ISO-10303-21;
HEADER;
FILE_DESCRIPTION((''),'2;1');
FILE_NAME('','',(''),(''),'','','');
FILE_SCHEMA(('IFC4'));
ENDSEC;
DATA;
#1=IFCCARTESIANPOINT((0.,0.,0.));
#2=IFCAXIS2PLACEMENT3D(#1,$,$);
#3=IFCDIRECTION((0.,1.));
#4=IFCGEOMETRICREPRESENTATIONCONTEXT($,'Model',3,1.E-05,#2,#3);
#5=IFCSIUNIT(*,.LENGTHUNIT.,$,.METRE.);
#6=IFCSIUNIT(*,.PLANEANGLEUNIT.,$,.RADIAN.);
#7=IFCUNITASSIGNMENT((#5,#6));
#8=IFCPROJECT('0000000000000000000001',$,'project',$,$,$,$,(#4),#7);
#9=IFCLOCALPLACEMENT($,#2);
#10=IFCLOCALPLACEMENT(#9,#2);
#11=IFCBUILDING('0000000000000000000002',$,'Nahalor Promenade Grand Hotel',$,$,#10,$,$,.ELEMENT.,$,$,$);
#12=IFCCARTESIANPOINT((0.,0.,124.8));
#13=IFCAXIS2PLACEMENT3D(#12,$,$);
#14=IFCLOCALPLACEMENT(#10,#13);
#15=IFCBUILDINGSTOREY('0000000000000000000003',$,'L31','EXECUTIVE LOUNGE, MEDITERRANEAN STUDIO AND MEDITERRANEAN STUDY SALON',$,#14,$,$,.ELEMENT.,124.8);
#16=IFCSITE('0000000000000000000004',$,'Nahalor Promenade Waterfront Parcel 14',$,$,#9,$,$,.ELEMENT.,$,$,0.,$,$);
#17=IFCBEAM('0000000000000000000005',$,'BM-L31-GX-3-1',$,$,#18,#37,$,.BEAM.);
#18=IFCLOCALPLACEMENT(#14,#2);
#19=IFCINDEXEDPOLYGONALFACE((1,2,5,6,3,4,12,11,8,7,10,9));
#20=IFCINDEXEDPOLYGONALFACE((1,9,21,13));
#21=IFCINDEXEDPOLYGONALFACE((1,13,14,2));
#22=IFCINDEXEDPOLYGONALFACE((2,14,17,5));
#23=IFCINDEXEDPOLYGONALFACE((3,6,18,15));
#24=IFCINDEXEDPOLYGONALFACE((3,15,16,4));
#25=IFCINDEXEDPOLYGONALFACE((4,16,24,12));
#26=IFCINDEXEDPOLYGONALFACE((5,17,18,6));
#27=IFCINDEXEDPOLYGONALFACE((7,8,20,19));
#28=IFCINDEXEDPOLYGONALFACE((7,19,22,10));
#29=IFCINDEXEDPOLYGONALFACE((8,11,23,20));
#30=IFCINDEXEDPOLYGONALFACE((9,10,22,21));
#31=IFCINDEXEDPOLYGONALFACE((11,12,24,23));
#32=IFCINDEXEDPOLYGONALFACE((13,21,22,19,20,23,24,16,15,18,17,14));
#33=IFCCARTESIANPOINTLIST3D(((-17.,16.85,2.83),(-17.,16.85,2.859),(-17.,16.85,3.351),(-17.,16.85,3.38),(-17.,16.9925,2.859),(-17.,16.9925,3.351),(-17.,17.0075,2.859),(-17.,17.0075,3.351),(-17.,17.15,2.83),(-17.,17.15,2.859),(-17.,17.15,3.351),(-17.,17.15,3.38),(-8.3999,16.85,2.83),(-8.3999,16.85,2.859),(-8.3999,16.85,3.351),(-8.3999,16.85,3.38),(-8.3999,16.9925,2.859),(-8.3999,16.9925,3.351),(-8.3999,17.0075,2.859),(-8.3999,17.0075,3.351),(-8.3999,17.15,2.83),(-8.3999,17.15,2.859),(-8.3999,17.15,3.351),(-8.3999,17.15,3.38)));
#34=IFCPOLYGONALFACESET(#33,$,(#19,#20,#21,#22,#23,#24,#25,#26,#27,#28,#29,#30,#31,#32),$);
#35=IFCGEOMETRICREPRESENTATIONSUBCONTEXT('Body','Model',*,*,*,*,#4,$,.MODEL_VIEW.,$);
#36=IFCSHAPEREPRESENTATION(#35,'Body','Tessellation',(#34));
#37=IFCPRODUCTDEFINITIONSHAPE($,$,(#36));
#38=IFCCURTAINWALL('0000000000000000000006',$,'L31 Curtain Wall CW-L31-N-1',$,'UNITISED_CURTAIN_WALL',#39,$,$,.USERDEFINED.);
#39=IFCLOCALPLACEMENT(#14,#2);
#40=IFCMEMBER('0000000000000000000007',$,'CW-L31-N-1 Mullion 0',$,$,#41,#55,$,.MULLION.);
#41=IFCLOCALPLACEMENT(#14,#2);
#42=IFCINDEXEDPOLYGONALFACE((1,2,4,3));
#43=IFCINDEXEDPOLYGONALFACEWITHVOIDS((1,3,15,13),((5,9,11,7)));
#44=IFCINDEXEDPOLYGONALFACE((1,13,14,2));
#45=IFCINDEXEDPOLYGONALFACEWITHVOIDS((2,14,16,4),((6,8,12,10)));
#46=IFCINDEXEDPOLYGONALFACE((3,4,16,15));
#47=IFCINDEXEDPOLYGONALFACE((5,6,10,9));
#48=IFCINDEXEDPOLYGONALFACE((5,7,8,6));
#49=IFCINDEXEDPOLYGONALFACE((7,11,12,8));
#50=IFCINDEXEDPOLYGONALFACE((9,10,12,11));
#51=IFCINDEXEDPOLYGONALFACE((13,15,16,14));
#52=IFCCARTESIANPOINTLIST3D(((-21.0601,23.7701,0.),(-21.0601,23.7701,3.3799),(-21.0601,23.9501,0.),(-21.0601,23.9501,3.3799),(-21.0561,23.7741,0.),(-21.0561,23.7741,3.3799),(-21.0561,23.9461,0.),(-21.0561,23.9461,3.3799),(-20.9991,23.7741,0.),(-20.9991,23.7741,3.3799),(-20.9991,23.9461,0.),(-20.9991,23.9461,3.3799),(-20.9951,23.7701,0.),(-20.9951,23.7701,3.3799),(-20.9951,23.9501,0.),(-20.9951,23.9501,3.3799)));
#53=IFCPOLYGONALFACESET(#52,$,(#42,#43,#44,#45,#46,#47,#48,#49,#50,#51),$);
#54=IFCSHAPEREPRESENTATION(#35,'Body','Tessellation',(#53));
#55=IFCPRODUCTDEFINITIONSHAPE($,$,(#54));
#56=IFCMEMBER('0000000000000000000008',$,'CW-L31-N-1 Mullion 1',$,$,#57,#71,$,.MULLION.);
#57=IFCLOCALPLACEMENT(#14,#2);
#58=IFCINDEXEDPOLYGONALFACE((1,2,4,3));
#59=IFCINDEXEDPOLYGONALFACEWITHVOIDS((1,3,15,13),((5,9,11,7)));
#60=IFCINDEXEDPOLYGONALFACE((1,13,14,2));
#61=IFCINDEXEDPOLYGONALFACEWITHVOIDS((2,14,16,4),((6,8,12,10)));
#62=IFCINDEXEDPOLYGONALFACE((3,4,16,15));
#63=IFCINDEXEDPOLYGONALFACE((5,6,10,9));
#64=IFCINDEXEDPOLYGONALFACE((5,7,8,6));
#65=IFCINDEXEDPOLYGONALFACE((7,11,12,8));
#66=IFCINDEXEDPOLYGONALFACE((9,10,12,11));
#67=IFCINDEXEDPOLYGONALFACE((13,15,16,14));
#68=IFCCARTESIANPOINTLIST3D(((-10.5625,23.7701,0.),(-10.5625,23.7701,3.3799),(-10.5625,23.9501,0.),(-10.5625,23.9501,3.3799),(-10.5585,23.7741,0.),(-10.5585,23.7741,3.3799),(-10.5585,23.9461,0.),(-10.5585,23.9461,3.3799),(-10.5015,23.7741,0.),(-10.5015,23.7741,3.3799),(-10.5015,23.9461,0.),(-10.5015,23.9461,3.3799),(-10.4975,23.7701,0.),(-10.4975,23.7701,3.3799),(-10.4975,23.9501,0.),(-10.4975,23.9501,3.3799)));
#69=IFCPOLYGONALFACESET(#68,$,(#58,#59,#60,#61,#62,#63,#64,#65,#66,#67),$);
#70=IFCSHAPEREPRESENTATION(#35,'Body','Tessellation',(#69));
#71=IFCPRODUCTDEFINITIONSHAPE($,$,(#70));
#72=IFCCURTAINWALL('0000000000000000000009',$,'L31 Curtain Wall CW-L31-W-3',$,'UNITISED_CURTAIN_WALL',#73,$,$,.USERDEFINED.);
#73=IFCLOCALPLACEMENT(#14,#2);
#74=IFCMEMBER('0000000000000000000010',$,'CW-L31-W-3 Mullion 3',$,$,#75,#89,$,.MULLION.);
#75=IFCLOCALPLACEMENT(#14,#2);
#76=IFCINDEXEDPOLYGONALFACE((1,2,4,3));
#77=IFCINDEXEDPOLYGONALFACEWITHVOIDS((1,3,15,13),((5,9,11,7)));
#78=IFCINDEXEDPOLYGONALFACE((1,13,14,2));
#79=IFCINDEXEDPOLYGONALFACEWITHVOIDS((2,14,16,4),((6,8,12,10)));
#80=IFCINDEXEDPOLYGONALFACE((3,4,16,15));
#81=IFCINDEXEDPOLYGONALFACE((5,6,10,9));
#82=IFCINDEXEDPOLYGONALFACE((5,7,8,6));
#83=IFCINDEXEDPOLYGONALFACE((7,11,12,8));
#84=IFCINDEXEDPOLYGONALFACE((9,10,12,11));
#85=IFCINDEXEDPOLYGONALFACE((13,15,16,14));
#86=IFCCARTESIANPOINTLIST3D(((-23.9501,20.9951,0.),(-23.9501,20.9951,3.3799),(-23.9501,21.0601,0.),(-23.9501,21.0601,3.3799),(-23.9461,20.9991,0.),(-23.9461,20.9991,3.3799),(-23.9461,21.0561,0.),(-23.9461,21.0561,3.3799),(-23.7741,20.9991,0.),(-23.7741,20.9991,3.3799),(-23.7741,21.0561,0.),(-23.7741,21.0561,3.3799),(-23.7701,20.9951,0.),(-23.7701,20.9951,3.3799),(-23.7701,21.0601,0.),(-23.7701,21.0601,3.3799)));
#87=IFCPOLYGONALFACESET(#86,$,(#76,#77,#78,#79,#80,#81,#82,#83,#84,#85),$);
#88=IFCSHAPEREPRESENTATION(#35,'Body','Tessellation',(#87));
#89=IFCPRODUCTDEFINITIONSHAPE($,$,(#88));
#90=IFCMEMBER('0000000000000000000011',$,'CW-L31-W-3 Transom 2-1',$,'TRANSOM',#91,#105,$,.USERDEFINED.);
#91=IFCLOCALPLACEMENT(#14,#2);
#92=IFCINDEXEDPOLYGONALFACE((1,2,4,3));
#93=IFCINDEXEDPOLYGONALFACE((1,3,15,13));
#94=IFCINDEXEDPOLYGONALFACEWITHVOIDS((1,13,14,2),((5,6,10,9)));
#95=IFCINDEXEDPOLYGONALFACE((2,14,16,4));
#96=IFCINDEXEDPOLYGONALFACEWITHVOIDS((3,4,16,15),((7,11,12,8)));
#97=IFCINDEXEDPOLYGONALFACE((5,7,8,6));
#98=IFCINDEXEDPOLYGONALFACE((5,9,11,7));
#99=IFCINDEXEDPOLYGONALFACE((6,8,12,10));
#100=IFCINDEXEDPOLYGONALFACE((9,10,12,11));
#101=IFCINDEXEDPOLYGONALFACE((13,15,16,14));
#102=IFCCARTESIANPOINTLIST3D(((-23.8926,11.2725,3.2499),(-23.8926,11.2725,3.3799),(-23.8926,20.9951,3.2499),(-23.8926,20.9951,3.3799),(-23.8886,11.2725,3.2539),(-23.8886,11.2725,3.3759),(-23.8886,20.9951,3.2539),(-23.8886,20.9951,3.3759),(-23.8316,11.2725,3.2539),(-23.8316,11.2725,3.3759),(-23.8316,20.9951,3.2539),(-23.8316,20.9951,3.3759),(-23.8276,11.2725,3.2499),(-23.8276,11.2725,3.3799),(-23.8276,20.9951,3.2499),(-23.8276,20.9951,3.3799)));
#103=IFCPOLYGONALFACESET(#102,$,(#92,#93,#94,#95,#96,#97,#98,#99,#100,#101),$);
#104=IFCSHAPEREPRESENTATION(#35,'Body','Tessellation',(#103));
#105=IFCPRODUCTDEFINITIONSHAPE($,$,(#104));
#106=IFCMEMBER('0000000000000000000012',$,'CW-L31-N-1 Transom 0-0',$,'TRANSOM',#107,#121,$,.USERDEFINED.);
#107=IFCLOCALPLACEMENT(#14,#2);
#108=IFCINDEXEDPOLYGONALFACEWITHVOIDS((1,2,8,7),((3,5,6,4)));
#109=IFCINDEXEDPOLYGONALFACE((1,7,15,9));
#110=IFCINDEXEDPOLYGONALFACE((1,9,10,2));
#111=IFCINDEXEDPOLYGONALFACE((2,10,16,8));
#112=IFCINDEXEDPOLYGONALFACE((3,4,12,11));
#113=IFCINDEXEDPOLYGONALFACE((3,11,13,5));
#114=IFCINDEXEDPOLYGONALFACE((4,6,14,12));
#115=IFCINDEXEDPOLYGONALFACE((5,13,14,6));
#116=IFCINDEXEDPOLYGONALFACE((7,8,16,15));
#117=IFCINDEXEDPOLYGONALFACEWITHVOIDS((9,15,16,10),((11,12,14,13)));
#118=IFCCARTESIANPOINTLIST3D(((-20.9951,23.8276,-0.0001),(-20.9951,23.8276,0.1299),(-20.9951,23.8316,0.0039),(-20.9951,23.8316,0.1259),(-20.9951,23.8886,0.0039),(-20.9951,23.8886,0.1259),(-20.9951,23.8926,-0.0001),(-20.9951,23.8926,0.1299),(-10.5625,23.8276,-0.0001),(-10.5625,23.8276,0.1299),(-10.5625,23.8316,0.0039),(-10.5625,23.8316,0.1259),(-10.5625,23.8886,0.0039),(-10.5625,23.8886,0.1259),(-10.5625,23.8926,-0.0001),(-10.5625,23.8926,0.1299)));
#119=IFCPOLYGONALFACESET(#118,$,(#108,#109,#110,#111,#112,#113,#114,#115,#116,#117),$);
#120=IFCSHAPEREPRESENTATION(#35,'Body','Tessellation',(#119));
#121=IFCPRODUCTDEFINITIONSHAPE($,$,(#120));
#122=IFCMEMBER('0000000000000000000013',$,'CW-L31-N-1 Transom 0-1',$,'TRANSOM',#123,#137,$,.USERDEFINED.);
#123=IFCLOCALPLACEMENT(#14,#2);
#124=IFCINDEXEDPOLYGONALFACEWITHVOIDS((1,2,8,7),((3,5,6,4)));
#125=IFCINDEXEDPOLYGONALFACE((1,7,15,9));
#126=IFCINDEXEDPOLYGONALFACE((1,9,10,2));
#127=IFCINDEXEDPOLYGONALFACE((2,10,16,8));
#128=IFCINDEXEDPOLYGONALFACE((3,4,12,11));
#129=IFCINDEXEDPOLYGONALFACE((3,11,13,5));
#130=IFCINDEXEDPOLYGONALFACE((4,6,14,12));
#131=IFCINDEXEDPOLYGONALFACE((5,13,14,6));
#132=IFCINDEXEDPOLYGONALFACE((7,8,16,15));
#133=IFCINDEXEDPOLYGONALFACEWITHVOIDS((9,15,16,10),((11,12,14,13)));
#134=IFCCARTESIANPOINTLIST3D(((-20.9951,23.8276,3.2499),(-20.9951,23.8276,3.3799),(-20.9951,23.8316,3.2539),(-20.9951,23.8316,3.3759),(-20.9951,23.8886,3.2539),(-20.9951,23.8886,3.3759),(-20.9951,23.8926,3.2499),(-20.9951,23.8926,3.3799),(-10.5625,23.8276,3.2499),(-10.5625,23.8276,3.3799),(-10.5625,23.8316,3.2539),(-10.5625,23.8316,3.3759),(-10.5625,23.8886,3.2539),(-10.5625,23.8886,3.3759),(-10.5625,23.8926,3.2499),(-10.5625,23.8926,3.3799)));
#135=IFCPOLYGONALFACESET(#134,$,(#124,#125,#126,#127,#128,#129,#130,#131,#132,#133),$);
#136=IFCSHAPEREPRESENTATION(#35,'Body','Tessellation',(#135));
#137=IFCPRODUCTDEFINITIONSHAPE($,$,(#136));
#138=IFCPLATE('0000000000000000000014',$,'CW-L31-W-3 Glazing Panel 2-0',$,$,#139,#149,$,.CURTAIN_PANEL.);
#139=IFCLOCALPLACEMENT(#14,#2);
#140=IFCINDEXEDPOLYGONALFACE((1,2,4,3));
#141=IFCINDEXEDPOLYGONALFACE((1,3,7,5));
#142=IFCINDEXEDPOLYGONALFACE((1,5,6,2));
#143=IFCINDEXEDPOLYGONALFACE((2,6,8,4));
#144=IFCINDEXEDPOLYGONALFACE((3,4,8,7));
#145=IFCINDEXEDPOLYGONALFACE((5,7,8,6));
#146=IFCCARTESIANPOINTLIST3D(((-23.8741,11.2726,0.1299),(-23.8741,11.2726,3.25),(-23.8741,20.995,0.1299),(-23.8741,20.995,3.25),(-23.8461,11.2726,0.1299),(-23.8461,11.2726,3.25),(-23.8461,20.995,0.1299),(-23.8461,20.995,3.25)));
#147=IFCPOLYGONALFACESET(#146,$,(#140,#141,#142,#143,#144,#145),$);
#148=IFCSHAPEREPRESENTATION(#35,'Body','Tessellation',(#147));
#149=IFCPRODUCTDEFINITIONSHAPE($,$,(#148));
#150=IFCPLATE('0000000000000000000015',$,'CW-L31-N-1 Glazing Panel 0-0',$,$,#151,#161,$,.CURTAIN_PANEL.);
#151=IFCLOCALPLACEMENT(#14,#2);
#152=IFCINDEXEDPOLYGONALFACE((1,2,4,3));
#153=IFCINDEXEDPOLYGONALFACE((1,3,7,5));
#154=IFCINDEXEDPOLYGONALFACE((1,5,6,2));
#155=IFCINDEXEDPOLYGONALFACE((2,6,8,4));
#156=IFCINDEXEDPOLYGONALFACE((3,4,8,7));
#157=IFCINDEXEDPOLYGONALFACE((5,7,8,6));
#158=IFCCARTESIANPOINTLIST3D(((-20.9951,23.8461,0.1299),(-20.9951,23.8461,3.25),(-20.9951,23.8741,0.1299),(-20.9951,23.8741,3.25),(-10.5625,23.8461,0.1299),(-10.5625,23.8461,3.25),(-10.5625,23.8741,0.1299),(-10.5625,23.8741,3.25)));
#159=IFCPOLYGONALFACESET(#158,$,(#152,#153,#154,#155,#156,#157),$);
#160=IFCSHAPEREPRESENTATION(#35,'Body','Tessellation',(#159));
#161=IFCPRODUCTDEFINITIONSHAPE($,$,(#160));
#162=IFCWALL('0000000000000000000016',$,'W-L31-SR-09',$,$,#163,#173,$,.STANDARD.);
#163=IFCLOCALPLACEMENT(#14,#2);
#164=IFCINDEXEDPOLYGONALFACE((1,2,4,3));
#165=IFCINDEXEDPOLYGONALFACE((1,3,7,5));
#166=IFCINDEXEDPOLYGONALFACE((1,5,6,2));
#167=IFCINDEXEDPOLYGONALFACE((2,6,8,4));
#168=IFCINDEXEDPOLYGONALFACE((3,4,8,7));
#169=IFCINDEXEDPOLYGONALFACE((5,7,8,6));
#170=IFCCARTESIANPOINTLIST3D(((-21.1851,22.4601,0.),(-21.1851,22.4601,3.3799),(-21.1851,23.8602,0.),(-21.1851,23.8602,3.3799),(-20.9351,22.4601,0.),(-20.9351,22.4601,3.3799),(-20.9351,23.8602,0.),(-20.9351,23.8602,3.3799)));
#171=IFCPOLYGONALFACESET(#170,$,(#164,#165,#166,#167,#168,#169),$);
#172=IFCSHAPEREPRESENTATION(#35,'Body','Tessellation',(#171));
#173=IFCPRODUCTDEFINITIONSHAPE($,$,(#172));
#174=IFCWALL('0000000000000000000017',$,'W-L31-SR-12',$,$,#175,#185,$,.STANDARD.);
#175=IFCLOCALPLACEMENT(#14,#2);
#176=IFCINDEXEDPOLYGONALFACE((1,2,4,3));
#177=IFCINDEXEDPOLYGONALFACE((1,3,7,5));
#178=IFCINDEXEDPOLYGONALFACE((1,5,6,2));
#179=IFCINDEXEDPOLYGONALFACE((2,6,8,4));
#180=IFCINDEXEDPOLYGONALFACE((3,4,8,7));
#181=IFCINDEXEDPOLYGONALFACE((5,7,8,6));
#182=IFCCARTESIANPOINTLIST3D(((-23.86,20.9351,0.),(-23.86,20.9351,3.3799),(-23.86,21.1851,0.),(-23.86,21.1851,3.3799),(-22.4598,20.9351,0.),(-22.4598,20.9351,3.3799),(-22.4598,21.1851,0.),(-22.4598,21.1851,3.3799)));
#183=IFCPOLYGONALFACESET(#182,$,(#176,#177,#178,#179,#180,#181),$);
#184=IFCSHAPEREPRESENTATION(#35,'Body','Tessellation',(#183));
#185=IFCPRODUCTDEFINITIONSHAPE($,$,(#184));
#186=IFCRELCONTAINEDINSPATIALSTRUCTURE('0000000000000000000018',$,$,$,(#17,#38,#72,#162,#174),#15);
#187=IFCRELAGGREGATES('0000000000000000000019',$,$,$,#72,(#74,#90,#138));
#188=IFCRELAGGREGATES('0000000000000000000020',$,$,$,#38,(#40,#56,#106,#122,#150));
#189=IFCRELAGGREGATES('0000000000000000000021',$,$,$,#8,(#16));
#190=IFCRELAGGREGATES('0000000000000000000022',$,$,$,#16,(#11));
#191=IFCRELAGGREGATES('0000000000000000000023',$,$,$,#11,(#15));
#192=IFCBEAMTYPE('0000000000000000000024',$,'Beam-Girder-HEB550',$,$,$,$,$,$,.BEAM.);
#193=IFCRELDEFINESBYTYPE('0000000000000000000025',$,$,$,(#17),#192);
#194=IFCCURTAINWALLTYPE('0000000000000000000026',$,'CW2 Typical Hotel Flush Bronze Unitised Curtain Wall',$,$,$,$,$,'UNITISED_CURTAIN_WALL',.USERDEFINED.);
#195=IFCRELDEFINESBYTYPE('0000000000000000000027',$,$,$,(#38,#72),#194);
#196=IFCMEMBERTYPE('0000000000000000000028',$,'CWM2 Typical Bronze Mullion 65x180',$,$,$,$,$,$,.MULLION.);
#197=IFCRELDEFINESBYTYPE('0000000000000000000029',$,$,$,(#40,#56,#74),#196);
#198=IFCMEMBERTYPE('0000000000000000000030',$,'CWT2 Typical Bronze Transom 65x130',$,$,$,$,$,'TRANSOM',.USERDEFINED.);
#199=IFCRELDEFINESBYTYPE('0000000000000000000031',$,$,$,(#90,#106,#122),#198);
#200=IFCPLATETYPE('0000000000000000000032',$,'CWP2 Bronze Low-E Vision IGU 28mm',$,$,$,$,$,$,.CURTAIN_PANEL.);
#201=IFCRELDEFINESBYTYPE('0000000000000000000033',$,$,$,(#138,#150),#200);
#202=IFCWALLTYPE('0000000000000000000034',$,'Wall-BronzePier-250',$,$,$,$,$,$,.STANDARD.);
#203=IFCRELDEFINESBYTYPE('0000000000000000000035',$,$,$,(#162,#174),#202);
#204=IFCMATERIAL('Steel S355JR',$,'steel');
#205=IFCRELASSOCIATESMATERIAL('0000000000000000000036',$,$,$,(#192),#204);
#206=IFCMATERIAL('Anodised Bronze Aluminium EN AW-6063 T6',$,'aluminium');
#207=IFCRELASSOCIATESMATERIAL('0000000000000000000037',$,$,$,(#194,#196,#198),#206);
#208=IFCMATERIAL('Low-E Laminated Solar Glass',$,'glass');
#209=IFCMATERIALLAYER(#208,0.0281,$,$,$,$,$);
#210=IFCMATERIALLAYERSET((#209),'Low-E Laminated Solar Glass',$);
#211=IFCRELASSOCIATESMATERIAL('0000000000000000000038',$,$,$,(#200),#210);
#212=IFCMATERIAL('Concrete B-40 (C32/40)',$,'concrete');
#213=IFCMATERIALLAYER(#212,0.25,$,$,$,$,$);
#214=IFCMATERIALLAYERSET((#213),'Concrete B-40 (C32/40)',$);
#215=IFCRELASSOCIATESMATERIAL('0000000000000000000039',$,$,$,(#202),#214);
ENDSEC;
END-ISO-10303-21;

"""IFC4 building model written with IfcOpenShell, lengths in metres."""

from ifc_helpers import new_model, si_unit, direction, frame, frame_2d, origin, origin_2d, place, context, subcontext, project, spatial, rectangle, hollow_rectangle, i_section, extrude, source, transform, mapped, material, layer, layer_set, material_profile, profile_set, type_object, element, aggregate, save


model = new_model("IFC4")

# Units and contexts
model_context = context("Model", 3, precision=1e-05, world=origin(), true_north=direction((0.0, 1.0)))
body_context = subcontext(model_context, "Body", "Model", "MODEL_VIEW")
ifc_project = project(units=[si_unit("LENGTHUNIT", "METRE"), si_unit("PLANEANGLEUNIT", "RADIAN")], contexts=[model_context])

# Site, building, storey
site_placement = place(None, origin())
site = spatial("IfcSite", under=ifc_project, at=site_placement, Name="Nahalor Promenade Waterfront Parcel 14", CompositionType="ELEMENT", RefElevation=0.0)
building_placement = place(site_placement, origin())
building = spatial("IfcBuilding", under=site, at=building_placement, Name="Nahalor Promenade Grand Hotel", CompositionType="ELEMENT")
storey_placement = place(building_placement, frame((0.0, 0.0, 124.8)))
storey = spatial("IfcBuildingStorey", under=building, at=storey_placement, Name="L31", Description="EXECUTIVE LOUNGE, MEDITERRANEAN STUDIO AND MEDITERRANEAN STUDY SALON", CompositionType="ELEMENT", Elevation=124.8)

# Beam
ifc_material_1 = material(Name="Steel S355JR", Category="steel")
ifc_material_profile_1 = material_profile(ifc_material_1, i_section(OverallWidth=0.3, OverallDepth=0.55, WebThickness=0.015, FlangeThickness=0.029, at=origin_2d()), Name="HEB 550")
ifc_profile_set_1 = profile_set([ifc_material_profile_1], Name="Steel S355JR")
beam_type_1 = type_object("IfcBeamType", Name="Beam-Girder-HEB550", PredefinedType="BEAM", material=ifc_profile_set_1)
shared_shape_1 = source(origin(), body_context, "Body", "SweptSolid", [
    extrude(i_section(OverallWidth=0.3, OverallDepth=0.55, WebThickness=0.015, FlangeThickness=0.029, at=origin_2d()), origin(), (0.0, 0.0, 1.0), 8.6001),
])
beam_1_placement = place(storey_placement, frame((-17.0, 17.0, 3.105), z_axis=(1.0, 0.0, 0.0), x_axis=(0.0, 1.0, 0.0)))
element("IfcBeam", 1, at=beam_1_placement, inside=storey, type_object=beam_type_1, Name="BM-L31-GX-3-1", PredefinedType="BEAM", context=body_context, shape_type="MappedRepresentation", body=[
    mapped(shared_shape_1, transform((0.0, 0.0, 0.0), scale=1.0)),
])

# Curtain walls, members
ifc_material_2 = material(Name="Anodised Bronze Aluminium EN AW-6063 T6", Category="aluminium")
curtain_wall_type = type_object("IfcCurtainWallType", Name="CW2 Typical Hotel Flush Bronze Unitised Curtain Wall", ElementType="UNITISED_CURTAIN_WALL", PredefinedType="USERDEFINED", material=ifc_material_2)
curtain_wall_1_placement = place(storey_placement, origin())
curtain_wall_1 = element("IfcCurtainWall", 2, at=curtain_wall_1_placement, inside=storey, type_object=curtain_wall_type, Name="L31 Curtain Wall CW-L31-N-1", ObjectType="UNITISED_CURTAIN_WALL", PredefinedType="USERDEFINED")
ifc_material_profile_2 = material_profile(ifc_material_2, hollow_rectangle(XDim=0.065, YDim=0.18, WallThickness=0.004, at=origin_2d()), Name="CWM 65x180x4")
ifc_profile_set_2 = profile_set([ifc_material_profile_2], Name="Anodised Bronze Aluminium EN AW-6063 T6")
member_type_1 = type_object("IfcMemberType", Name="CWM2 Typical Bronze Mullion 65x180", PredefinedType="MULLION", material=ifc_profile_set_2)
shared_shape_2 = source(origin(), body_context, "Body", "SweptSolid", [
    extrude(hollow_rectangle(XDim=0.065, YDim=0.18, WallThickness=0.004, at=origin_2d()), origin(), (0.0, 0.0, 1.0), 3.3799),
])
member_1_placement = place(storey_placement, frame((-21.0276, 23.8601, 0.0), z_axis=(0.0, 0.0, 1.0), x_axis=(1.0, 0.0, 0.0)))
member_1 = element("IfcMember", 3, at=member_1_placement, type_object=member_type_1, Name="CW-L31-N-1 Mullion 0", PredefinedType="MULLION", context=body_context, shape_type="MappedRepresentation", body=[
    mapped(shared_shape_2, transform((0.0, 0.0, 0.0), scale=1.0)),
])
member_2_placement = place(storey_placement, frame((-10.53, 23.8601, 0.0), z_axis=(0.0, 0.0, 1.0), x_axis=(1.0, 0.0, 0.0)))
member_2 = element("IfcMember", 4, at=member_2_placement, type_object=member_type_1, Name="CW-L31-N-1 Mullion 1", PredefinedType="MULLION", context=body_context, shape_type="MappedRepresentation", body=[
    mapped(shared_shape_2, transform((0.0, 0.0, 0.0), scale=1.0)),
])
curtain_wall_2_placement = place(storey_placement, origin())
curtain_wall_2 = element("IfcCurtainWall", 5, at=curtain_wall_2_placement, inside=storey, type_object=curtain_wall_type, Name="L31 Curtain Wall CW-L31-W-3", ObjectType="UNITISED_CURTAIN_WALL", PredefinedType="USERDEFINED")
member_3_placement = place(storey_placement, frame((-23.8601, 21.0276, 0.0), z_axis=(0.0, 0.0, 1.0), x_axis=(0.0, 1.0, 0.0)))
member_3 = element("IfcMember", 6, at=member_3_placement, type_object=member_type_1, Name="CW-L31-W-3 Mullion 3", PredefinedType="MULLION", context=body_context, shape_type="MappedRepresentation", body=[
    mapped(shared_shape_2, transform((0.0, 0.0, 0.0), scale=1.0)),
])
ifc_material_profile_3 = material_profile(ifc_material_2, hollow_rectangle(XDim=0.065, YDim=0.13, WallThickness=0.004, at=origin_2d()), Name="CWT 65x130x4")
ifc_profile_set_3 = profile_set([ifc_material_profile_3], Name="Anodised Bronze Aluminium EN AW-6063 T6")
member_type_2 = type_object("IfcMemberType", Name="CWT2 Typical Bronze Transom 65x130", ElementType="TRANSOM", PredefinedType="USERDEFINED", material=ifc_profile_set_3)
shared_shape_3 = source(origin(), body_context, "Body", "SweptSolid", [
    extrude(hollow_rectangle(XDim=0.065, YDim=0.13, WallThickness=0.004, at=origin_2d()), origin(), (0.0, 0.0, 1.0), 9.7227),
])
member_4_placement = place(storey_placement, frame((-23.8601, 11.2725, 3.3149), z_axis=(0.0, 1.0, 0.0), x_axis=(-1.0, 0.0, 0.0)))
member_4 = element("IfcMember", 7, at=member_4_placement, type_object=member_type_2, Name="CW-L31-W-3 Transom 2-1", ObjectType="TRANSOM", PredefinedType="USERDEFINED", context=body_context, shape_type="MappedRepresentation", body=[
    mapped(shared_shape_3, transform((0.0, 0.0, 0.0), scale=1.0)),
])

# Members
shared_shape_4 = source(origin(), body_context, "Body", "SweptSolid", [
    extrude(hollow_rectangle(XDim=0.065, YDim=0.13, WallThickness=0.004, at=origin_2d()), origin(), (0.0, 0.0, 1.0), 10.4326),
])
member_5_placement = place(storey_placement, frame((-20.9951, 23.8601, 0.0649), z_axis=(1.0, 0.0, 0.0), x_axis=(0.0, 1.0, 0.0)))
member_5 = element("IfcMember", 8, at=member_5_placement, type_object=member_type_2, Name="CW-L31-N-1 Transom 0-0", ObjectType="TRANSOM", PredefinedType="USERDEFINED", context=body_context, shape_type="MappedRepresentation", body=[
    mapped(shared_shape_4, transform((0.0, 0.0, 0.0), scale=1.0)),
])
member_6_placement = place(storey_placement, frame((-20.9951, 23.8601, 3.3149), z_axis=(1.0, 0.0, 0.0), x_axis=(0.0, 1.0, 0.0)))
member_6 = element("IfcMember", 9, at=member_6_placement, type_object=member_type_2, Name="CW-L31-N-1 Transom 0-1", ObjectType="TRANSOM", PredefinedType="USERDEFINED", context=body_context, shape_type="MappedRepresentation", body=[
    mapped(shared_shape_4, transform((0.0, 0.0, 0.0), scale=1.0)),
])

# Plates
ifc_material_3 = material(Name="Low-E Laminated Solar Glass", Category="glass")
ifc_layer_1 = layer(ifc_material_3, 0.0281)
ifc_layer_set_1 = layer_set([ifc_layer_1], Name="Low-E Laminated Solar Glass")
plate_type = type_object("IfcPlateType", Name="CWP2 Bronze Low-E Vision IGU 28mm", PredefinedType="CURTAIN_PANEL", material=ifc_layer_set_1)
shared_shape_5 = source(origin(), body_context, "Body", "SweptSolid", [
    extrude(rectangle(XDim=9.7224, YDim=0.0281, at=origin_2d()), origin(), (0.0, 0.0, 1.0), 3.1201),
])
plate_1_placement = place(storey_placement, frame((-23.8601, 16.1338, 0.1299), z_axis=(0.0, 0.0, 1.0), x_axis=(0.0, 1.0, 0.0)))
plate_1 = element("IfcPlate", 10, at=plate_1_placement, type_object=plate_type, Name="CW-L31-W-3 Glazing Panel 2-0", PredefinedType="CURTAIN_PANEL", context=body_context, shape_type="MappedRepresentation", body=[
    mapped(shared_shape_5, transform((0.0, 0.0, 0.0), scale=1.0)),
])
aggregate(curtain_wall_2, [member_3, member_4, plate_1])
shared_shape_6 = source(origin(), body_context, "Body", "SweptSolid", [
    extrude(rectangle(XDim=10.4326, YDim=0.0281, at=origin_2d()), origin(), (0.0, 0.0, 1.0), 3.1201),
])
plate_2_placement = place(storey_placement, frame((-15.7788, 23.8601, 0.1299), z_axis=(0.0, 0.0, 1.0), x_axis=(1.0, 0.0, 0.0)))
plate_2 = element("IfcPlate", 11, at=plate_2_placement, type_object=plate_type, Name="CW-L31-N-1 Glazing Panel 0-0", PredefinedType="CURTAIN_PANEL", context=body_context, shape_type="MappedRepresentation", body=[
    mapped(shared_shape_6, transform((0.0, 0.0, 0.0), scale=1.0)),
])
aggregate(curtain_wall_1, [member_1, member_2, member_5, member_6, plate_2])

# Walls
ifc_material_4 = material(Name="Concrete B-40 (C32/40)", Category="concrete")
ifc_layer_2 = layer(ifc_material_4, 0.25)
ifc_layer_set_2 = layer_set([ifc_layer_2], Name="Concrete B-40 (C32/40)")
wall_type_1 = type_object("IfcWallType", Name="Wall-BronzePier-250", PredefinedType="STANDARD", material=ifc_layer_set_2)
shared_shape_7 = source(origin(), body_context, "Body", "SweptSolid", [
    extrude(rectangle(XDim=1.4001, YDim=0.25, at=frame_2d((0.7002, 0.0))), origin(), (0.0, 0.0, 1.0), 3.3799),
])
for number, where, z_axis, x_axis, name in (
    (12, (-21.0601, 22.46, 0.0), (0.0, 0.0, 1.0), (0.0, 1.0, 0.0), "W-L31-SR-09"),
    (13, (-23.8601, 21.0601, 0.0), (0.0, 0.0, 1.0), (1.0, 0.0, 0.0), "W-L31-SR-12"),
):
    element("IfcWall", number, at=place(storey_placement, frame(where, z_axis=z_axis, x_axis=x_axis)), inside=storey, type_object=wall_type_1, Name=name, PredefinedType="STANDARD", context=body_context, shape_type="MappedRepresentation", body=[
        mapped(shared_shape_7, transform((0.0, 0.0, 0.0), scale=1.0)),
    ])

save(model, "model.ifc")
